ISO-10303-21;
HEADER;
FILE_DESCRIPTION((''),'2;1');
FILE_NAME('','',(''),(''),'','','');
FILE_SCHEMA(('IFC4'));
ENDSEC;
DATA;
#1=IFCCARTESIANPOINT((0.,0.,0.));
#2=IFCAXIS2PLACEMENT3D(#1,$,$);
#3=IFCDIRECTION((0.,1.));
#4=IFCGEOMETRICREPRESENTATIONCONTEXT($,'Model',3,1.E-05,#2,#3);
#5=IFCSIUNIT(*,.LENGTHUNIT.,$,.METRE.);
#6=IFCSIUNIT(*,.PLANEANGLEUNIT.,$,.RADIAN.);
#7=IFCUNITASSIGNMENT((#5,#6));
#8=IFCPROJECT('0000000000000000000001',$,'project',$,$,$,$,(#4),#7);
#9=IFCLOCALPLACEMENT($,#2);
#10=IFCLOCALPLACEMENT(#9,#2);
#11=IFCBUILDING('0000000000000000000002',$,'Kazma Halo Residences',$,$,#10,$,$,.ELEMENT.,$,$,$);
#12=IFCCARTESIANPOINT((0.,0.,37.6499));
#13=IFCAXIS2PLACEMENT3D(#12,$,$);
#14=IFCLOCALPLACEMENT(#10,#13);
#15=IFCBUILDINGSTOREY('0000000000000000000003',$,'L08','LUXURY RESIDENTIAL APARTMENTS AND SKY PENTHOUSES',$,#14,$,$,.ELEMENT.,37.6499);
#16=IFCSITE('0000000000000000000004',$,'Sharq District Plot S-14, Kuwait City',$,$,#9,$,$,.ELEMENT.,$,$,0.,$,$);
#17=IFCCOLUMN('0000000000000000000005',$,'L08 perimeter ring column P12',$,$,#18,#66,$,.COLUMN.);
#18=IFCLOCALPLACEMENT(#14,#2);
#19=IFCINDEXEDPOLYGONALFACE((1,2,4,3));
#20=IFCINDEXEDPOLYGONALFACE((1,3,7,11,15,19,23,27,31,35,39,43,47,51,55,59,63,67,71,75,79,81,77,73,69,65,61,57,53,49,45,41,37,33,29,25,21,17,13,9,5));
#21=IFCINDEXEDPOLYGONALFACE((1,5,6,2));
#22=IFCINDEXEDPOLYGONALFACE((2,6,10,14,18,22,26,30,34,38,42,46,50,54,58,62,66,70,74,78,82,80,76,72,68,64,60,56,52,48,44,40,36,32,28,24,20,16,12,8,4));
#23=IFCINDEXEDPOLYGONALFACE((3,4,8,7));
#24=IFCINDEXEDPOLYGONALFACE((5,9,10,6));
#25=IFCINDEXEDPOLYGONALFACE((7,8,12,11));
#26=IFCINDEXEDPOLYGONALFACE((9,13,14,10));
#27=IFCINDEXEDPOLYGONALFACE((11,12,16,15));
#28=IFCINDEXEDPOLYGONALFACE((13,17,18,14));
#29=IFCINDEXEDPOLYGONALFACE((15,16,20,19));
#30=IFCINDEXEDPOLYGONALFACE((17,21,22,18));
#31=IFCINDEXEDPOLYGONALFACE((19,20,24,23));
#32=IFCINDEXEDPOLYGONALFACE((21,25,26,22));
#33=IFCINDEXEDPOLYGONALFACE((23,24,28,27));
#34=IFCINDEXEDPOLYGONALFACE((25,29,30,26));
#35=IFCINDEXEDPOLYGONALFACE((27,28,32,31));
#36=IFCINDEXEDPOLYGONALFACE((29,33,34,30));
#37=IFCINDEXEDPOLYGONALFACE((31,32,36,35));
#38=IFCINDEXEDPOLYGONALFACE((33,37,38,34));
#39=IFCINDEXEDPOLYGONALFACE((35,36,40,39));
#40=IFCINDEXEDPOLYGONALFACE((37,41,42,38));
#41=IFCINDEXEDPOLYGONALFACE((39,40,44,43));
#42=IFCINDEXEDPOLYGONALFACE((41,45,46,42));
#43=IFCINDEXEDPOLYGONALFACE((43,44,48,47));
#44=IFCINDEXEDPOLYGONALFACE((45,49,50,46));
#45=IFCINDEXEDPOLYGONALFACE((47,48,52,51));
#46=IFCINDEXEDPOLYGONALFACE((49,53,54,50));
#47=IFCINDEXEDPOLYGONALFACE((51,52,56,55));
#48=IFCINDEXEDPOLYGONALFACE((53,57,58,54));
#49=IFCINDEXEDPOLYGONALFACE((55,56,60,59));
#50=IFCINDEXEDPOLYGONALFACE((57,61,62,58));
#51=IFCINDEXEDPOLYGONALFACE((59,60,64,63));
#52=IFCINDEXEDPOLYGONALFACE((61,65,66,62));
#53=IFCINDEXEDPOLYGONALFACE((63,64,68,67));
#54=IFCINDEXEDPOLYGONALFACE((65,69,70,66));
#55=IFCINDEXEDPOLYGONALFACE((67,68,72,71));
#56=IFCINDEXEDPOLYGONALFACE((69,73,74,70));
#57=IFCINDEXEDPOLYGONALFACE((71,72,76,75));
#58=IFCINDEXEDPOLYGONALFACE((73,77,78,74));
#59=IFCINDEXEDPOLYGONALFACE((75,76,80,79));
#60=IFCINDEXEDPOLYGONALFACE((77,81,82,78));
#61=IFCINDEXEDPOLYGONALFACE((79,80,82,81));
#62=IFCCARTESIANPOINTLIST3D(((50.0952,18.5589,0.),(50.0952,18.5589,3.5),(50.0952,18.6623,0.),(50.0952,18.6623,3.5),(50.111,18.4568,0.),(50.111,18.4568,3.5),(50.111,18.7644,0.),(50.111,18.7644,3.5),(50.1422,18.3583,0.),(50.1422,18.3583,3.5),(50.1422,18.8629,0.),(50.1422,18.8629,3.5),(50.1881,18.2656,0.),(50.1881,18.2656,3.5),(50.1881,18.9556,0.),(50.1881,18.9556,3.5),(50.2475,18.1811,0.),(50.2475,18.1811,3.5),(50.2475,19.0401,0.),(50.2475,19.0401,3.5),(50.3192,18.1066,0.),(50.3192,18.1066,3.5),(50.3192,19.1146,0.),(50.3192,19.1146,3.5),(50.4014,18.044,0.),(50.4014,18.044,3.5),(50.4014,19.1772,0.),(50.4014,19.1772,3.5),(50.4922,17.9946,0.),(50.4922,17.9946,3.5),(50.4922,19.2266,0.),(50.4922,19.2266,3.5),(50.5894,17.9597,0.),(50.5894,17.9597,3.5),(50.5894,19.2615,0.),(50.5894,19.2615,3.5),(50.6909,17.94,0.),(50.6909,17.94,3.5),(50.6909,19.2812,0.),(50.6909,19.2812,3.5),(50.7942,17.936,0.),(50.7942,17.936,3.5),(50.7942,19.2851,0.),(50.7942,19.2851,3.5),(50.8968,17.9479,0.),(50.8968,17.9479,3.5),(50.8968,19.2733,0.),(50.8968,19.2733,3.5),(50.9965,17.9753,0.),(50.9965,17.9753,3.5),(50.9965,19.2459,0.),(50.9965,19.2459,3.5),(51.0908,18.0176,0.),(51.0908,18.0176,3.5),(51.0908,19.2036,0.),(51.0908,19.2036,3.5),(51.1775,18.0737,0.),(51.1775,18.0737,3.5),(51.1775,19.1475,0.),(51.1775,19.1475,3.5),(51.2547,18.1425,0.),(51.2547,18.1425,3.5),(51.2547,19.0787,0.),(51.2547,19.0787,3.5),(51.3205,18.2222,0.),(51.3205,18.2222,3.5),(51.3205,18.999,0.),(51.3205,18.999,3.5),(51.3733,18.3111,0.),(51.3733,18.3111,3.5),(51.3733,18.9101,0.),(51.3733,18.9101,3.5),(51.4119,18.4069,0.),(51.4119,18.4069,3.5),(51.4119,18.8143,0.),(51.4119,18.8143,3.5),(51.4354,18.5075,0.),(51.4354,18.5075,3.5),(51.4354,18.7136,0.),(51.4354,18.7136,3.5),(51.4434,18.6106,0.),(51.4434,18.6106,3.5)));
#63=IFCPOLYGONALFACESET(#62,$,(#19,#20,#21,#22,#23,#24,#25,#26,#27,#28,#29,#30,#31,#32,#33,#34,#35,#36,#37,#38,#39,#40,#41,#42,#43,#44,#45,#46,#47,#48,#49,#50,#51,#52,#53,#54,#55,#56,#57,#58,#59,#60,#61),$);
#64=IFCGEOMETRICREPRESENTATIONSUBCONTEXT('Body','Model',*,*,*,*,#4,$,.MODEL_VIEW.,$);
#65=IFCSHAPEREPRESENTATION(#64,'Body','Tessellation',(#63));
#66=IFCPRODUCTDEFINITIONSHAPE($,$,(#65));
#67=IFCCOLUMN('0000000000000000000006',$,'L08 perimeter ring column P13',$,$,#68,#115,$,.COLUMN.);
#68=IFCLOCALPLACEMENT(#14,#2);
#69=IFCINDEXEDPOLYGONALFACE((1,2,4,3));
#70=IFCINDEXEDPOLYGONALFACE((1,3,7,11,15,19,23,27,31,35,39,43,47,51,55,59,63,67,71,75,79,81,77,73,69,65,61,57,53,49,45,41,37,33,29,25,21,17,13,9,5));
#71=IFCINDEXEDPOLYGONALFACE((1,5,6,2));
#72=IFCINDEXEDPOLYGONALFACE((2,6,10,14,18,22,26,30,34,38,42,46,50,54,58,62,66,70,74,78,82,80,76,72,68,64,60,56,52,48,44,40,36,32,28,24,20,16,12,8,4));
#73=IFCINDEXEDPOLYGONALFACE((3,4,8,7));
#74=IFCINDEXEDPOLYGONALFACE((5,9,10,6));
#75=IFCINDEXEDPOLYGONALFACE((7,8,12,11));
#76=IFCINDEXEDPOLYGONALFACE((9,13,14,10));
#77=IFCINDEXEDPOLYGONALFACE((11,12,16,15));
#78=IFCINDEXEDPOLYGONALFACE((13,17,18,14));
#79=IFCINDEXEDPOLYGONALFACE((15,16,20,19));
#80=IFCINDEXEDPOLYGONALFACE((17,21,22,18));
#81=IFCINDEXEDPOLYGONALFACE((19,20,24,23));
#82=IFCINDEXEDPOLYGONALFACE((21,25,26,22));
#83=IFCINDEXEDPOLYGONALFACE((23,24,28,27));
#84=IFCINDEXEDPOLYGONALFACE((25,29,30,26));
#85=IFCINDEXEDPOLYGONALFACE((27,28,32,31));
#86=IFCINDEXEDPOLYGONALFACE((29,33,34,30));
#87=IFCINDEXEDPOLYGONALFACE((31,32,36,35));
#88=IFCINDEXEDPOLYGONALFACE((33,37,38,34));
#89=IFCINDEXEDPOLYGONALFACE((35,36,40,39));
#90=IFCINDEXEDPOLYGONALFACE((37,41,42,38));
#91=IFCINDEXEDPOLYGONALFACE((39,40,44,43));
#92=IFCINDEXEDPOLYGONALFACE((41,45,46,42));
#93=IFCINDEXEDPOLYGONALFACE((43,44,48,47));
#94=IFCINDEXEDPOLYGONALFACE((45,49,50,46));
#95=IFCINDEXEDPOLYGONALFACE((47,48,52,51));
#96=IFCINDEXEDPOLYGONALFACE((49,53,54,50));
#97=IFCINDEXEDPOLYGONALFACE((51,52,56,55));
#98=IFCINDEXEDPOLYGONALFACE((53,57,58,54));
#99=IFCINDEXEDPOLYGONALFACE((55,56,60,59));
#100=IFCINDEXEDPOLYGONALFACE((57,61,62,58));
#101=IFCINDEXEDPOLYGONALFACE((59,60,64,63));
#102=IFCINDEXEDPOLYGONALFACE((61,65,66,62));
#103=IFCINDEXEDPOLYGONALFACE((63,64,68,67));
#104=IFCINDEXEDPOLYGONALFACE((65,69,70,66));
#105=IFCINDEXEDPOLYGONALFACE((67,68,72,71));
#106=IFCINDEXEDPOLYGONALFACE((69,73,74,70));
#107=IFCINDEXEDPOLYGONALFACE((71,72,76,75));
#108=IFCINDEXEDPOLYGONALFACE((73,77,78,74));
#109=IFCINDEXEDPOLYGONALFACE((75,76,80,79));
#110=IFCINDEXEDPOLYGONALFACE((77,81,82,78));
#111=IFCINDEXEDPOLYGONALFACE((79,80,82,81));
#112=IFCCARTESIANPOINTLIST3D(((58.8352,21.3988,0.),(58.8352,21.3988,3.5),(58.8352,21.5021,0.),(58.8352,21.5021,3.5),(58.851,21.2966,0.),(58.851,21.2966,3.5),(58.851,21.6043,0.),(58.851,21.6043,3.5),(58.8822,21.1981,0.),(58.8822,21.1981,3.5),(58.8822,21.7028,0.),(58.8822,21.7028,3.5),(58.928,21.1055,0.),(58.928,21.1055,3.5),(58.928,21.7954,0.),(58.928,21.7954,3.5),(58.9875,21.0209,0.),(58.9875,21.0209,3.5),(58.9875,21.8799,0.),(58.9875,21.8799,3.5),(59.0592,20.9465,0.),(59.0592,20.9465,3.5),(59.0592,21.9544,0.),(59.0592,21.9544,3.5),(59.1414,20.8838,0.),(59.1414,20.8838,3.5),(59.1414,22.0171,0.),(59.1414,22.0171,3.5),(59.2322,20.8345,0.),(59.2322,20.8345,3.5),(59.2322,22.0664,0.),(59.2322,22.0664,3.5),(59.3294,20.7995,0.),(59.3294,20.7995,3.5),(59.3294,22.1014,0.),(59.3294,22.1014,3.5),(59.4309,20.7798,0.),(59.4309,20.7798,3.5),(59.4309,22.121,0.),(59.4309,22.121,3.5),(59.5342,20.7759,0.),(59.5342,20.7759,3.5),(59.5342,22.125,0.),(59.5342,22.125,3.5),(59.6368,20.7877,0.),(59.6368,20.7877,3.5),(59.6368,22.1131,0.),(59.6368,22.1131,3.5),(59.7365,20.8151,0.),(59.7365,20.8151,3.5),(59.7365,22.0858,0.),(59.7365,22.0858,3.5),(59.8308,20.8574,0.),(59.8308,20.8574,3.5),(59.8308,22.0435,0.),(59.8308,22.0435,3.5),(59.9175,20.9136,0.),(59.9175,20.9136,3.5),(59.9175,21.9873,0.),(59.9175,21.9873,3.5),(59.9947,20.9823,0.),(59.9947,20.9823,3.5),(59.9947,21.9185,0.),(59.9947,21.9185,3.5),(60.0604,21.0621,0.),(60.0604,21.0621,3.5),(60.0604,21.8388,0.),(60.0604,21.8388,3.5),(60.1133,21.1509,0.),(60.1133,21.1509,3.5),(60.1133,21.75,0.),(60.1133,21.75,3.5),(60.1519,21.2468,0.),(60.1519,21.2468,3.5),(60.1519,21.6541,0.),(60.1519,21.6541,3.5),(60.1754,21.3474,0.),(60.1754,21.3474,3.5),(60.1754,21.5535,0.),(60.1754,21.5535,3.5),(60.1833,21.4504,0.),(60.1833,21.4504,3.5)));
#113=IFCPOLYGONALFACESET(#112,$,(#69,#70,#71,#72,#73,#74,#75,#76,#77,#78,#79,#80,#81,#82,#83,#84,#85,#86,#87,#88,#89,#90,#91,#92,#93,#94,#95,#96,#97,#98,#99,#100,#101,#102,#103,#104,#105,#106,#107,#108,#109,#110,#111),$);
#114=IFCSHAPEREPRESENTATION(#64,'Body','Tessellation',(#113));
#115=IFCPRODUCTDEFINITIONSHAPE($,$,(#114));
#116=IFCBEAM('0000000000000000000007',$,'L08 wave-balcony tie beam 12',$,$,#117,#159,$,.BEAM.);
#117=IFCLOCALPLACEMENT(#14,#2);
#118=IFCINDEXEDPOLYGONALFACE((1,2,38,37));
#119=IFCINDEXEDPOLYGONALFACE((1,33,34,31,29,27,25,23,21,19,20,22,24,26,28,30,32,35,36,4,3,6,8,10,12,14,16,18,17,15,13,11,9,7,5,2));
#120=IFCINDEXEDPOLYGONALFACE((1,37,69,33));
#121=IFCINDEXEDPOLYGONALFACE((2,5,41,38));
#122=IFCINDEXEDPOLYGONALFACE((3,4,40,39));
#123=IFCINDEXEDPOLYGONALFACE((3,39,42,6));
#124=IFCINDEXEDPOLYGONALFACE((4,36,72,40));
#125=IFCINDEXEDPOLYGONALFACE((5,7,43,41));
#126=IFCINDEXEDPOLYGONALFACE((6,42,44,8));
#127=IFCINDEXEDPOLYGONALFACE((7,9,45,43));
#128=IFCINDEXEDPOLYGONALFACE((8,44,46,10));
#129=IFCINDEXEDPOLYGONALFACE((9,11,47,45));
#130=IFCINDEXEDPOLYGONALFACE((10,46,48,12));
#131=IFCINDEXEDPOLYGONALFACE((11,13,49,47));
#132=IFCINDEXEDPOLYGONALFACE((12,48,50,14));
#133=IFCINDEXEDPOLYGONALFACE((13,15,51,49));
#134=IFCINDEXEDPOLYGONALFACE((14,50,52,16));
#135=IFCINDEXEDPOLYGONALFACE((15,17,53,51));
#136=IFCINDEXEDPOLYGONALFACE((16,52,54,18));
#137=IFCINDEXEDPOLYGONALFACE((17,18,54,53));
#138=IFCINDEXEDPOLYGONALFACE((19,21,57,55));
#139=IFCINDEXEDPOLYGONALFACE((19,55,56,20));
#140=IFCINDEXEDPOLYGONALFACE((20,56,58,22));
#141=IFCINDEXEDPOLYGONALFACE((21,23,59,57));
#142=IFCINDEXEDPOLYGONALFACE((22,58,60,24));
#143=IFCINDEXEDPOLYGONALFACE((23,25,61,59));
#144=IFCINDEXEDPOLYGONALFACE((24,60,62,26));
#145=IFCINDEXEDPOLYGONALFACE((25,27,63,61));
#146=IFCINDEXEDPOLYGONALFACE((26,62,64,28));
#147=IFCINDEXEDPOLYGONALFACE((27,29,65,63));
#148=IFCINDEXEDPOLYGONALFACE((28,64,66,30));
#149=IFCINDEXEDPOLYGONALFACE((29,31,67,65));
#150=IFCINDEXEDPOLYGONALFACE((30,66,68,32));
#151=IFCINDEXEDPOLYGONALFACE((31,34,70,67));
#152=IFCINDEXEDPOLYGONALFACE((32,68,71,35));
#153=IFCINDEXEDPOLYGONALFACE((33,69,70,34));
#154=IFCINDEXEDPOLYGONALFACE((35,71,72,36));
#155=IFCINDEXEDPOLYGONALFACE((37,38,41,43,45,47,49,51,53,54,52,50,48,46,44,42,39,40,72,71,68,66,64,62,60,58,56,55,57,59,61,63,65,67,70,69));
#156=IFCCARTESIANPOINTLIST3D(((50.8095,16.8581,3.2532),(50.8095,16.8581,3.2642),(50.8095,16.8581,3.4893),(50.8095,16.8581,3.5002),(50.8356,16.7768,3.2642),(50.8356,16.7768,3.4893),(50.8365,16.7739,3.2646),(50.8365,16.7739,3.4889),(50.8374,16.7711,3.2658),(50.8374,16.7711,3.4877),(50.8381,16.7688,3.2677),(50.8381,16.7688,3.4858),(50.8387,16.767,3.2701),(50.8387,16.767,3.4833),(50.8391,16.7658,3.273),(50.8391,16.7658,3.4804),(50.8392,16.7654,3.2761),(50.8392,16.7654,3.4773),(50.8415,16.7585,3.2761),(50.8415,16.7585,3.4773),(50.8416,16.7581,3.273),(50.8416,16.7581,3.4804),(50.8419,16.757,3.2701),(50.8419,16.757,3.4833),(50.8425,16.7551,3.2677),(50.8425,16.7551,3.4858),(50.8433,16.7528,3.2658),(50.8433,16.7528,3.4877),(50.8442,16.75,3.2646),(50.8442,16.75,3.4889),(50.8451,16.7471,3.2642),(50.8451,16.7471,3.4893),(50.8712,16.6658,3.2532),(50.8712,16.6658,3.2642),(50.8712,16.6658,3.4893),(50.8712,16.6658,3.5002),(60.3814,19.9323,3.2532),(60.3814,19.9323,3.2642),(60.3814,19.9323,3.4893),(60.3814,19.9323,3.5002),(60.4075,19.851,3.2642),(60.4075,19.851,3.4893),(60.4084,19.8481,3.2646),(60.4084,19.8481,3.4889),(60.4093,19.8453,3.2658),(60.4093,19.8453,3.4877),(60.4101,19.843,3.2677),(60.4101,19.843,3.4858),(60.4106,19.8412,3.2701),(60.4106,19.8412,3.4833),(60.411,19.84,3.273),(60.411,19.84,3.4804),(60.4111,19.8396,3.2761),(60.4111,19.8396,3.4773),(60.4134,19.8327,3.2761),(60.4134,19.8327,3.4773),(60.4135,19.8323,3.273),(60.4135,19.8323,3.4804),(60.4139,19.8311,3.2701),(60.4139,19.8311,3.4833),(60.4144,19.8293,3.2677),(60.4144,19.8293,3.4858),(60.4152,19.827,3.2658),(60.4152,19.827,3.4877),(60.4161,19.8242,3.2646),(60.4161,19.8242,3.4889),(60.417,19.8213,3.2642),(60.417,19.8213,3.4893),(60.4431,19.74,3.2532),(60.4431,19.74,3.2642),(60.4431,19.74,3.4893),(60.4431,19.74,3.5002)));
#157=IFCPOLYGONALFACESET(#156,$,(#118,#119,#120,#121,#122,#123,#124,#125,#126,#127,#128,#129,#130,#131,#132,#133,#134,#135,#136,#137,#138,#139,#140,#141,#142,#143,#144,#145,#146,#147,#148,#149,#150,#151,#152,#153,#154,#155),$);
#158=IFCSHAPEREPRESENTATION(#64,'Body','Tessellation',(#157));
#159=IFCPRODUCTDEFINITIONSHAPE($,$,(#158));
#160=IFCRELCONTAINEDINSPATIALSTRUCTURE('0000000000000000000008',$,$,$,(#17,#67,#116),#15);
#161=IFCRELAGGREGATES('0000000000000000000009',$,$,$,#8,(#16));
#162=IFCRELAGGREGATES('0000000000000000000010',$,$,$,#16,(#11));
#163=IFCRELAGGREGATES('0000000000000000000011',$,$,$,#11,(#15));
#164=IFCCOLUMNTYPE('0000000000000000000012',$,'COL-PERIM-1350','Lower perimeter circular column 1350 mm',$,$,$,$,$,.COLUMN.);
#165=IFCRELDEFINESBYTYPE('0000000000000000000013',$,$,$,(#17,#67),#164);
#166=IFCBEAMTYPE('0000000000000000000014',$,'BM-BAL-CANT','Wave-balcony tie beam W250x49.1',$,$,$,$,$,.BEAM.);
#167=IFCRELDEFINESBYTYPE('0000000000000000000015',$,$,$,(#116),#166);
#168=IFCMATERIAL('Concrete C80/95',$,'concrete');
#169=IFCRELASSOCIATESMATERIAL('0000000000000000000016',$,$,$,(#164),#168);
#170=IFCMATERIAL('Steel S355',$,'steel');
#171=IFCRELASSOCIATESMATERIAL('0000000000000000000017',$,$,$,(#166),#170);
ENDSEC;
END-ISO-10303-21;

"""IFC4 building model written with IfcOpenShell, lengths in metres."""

from ifc_helpers import new_model, si_unit, direction, frame, origin, origin_2d, place, context, subcontext, project, spatial, circle, i_section, extrude, material, material_profile, profile_set, type_object, element, save


model = new_model("IFC4")

# Units and contexts
model_context = context("Model", 3, precision=1e-05, world=origin(), true_north=direction((0.0, 1.0)))
body_context = subcontext(model_context, "Body", "Model", "MODEL_VIEW")
ifc_project = project(units=[si_unit("LENGTHUNIT", "METRE"), si_unit("PLANEANGLEUNIT", "RADIAN")], contexts=[model_context])

# Site, building, storey
site_placement = place(None, origin())
site = spatial("IfcSite", under=ifc_project, at=site_placement, Name="Sharq District Plot S-14, Kuwait City", CompositionType="ELEMENT", RefElevation=0.0)
building_placement = place(site_placement, origin())
building = spatial("IfcBuilding", under=site, at=building_placement, Name="Kazma Halo Residences", CompositionType="ELEMENT")
storey_placement = place(building_placement, frame((0.0, 0.0, 37.6499)))
storey = spatial("IfcBuildingStorey", under=building, at=storey_placement, Name="L08", Description="LUXURY RESIDENTIAL APARTMENTS AND SKY PENTHOUSES", CompositionType="ELEMENT", Elevation=37.6499)

# Columns
ifc_material_1 = material(Name="Concrete C80/95", Category="concrete")
ifc_material_profile_1 = material_profile(ifc_material_1, circle(Radius=0.675, at=origin_2d()), Name="CIRC1350")
ifc_profile_set_1 = profile_set([ifc_material_profile_1], Name="Concrete C80/95")
column_type = type_object("IfcColumnType", Name="COL-PERIM-1350", Description="Lower perimeter circular column 1350 mm", PredefinedType="COLUMN", material=ifc_profile_set_1)
for number, where, z_axis, x_axis, name in (
    (1, (50.7683, 18.6106, 0.0), (0.0, 0.0, 1.0), (1.0, 0.0, 0.0), "L08 perimeter ring column P12"),
    (2, (59.5083, 21.4504, 0.0), (0.0, 0.0, 1.0), (1.0, 0.0, 0.0), "L08 perimeter ring column P13"),
):
    element("IfcColumn", number, at=place(storey_placement, frame(where, z_axis=z_axis, x_axis=x_axis)), inside=storey, type_object=column_type, Name=name, PredefinedType="COLUMN", context=body_context, shape_type="SweptSolid", body=[
        extrude(circle(Radius=0.675, at=origin_2d()), origin(), (0.0, 0.0, 1.0), 3.5),
    ])

# Beam
ifc_material_2 = material(Name="Steel S355", Category="steel")
ifc_material_profile_2 = material_profile(ifc_material_2, i_section(OverallWidth=0.2019, OverallDepth=0.2471, WebThickness=0.0073, FlangeThickness=0.011, FilletRadius=0.012, at=origin_2d()), Name="W250x49.1")
ifc_profile_set_2 = profile_set([ifc_material_profile_2], Name="Steel S355")
beam_type_1 = type_object("IfcBeamType", Name="BM-BAL-CANT", Description="Wave-balcony tie beam W250x49.1", PredefinedType="BEAM", material=ifc_profile_set_2)
beam_1_placement = place(storey_placement, frame((50.8403, 16.762, 3.3767), z_axis=(0.952101, 0.305784, 0.0), x_axis=(-0.305784, 0.952101, 0.0)))
element("IfcBeam", 3, at=beam_1_placement, inside=storey, type_object=beam_type_1, Name="L08 wave-balcony tie beam 12", PredefinedType="BEAM", context=body_context, shape_type="SweptSolid", body=[
    extrude(i_section(OverallWidth=0.2019, OverallDepth=0.2471, WebThickness=0.0073, FlangeThickness=0.011, FilletRadius=0.012, at=origin_2d()), origin(), (0.0, 0.0, 1.0), 10.0535),
])

save(model, "model.ifc")
